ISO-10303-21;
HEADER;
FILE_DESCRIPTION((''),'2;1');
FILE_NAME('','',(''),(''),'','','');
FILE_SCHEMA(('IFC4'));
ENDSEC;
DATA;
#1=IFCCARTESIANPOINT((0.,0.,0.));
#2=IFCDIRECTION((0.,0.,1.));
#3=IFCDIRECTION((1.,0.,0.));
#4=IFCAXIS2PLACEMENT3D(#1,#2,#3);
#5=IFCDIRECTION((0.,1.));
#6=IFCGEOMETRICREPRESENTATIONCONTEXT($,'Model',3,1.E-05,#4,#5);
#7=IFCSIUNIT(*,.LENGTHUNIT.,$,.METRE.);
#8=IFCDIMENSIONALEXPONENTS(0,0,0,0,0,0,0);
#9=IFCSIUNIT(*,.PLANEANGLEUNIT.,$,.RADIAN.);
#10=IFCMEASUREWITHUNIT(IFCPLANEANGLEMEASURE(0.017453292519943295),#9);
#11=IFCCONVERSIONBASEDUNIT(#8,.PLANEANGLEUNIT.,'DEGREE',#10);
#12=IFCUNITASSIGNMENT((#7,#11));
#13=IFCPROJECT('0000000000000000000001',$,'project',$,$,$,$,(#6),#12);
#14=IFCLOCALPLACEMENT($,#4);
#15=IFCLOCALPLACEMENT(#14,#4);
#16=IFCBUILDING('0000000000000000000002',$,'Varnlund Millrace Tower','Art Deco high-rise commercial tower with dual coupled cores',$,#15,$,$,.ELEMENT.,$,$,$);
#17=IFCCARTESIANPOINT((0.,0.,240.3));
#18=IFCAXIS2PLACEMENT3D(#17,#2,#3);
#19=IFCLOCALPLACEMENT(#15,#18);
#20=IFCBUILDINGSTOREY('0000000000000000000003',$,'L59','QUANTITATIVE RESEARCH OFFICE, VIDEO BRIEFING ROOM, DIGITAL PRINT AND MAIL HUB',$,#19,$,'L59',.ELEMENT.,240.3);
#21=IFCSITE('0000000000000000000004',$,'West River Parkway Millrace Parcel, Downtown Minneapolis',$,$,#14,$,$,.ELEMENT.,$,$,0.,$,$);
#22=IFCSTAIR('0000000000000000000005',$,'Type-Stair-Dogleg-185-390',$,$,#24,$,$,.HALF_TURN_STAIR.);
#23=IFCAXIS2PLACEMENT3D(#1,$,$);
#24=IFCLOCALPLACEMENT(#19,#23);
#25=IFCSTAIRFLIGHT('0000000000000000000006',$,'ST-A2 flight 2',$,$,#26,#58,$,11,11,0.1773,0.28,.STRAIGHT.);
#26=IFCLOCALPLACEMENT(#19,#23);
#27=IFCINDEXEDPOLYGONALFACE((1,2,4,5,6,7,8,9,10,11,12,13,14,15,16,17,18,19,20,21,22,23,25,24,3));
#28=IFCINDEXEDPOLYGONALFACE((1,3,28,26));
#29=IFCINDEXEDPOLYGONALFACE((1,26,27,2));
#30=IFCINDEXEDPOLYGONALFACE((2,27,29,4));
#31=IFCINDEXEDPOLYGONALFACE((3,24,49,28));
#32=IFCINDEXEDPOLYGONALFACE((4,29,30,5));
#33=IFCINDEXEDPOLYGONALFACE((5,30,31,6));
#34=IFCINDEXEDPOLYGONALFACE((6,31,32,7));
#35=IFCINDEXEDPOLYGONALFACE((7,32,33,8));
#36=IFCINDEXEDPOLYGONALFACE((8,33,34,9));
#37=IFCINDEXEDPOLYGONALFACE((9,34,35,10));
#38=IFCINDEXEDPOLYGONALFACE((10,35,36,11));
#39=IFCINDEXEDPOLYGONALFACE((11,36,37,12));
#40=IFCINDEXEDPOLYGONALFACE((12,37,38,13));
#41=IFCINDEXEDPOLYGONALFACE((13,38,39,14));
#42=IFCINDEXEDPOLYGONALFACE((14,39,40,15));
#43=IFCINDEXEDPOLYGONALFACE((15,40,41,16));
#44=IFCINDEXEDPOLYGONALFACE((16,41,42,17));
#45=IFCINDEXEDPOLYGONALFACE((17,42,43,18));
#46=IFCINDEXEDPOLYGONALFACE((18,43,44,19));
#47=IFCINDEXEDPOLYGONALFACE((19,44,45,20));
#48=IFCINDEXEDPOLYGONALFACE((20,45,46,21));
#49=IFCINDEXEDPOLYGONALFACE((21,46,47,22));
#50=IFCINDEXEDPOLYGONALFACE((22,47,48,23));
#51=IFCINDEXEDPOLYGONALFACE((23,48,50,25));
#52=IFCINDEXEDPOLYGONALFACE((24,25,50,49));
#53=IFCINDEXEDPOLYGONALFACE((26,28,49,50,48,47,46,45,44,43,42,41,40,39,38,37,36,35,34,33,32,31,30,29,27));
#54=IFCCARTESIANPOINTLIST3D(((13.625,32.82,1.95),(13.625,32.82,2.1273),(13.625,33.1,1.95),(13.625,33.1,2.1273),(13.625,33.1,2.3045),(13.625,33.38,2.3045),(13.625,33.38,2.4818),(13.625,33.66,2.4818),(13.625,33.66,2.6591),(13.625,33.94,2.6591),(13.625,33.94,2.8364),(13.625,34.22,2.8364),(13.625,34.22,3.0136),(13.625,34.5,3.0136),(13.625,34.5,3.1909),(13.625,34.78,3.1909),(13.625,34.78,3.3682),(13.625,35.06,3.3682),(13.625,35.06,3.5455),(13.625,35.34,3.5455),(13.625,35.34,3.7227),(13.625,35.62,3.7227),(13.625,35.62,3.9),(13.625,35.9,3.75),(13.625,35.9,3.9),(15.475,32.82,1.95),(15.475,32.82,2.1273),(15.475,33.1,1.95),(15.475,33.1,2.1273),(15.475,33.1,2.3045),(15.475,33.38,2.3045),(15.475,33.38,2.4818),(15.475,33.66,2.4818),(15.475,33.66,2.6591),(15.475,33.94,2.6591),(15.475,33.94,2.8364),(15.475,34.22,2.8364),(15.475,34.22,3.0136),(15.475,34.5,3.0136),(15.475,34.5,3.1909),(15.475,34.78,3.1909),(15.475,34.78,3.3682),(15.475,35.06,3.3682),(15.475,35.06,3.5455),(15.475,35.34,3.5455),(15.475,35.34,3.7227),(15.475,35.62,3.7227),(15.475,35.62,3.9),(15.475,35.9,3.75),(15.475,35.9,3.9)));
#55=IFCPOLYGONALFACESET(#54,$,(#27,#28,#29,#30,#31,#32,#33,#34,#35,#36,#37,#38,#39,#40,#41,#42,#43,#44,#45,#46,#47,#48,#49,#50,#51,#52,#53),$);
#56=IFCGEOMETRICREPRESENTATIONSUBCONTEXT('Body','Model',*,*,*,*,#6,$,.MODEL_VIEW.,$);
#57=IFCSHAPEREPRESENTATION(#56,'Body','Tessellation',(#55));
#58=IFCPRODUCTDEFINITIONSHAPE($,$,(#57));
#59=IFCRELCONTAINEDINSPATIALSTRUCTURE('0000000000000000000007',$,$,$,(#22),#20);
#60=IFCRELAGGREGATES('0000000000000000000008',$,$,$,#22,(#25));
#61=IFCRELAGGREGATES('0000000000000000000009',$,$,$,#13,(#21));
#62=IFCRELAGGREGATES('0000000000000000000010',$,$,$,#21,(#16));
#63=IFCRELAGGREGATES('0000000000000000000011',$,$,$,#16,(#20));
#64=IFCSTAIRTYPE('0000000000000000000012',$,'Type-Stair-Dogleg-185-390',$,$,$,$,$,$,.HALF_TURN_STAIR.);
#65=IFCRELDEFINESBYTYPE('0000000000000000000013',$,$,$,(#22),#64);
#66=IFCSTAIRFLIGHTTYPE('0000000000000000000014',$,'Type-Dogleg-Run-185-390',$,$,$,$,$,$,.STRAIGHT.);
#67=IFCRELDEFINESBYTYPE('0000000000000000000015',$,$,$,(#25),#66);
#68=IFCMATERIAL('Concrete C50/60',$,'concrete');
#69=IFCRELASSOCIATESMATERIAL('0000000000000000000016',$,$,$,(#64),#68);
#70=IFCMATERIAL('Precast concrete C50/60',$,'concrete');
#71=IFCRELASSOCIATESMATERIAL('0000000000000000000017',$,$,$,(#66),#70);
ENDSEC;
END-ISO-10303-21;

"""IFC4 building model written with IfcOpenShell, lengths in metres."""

from ifc_helpers import new_model, entity, si_unit, converted_unit, direction, frame, origin_with_axes, place, context, subcontext, project, spatial, polyline, outline, extrude, material, type_object, element, aggregate, save


model = new_model("IFC4")

# Units and contexts
model_context = context("Model", 3, precision=1e-05, world=origin_with_axes(), true_north=direction((0.0, 1.0)))
body_context = subcontext(model_context, "Body", "Model", "MODEL_VIEW")
ifc_project = project(units=[si_unit("LENGTHUNIT", "METRE"), converted_unit("PLANEANGLEUNIT", "DEGREE", entity("IfcPlaneAngleMeasure", 0.017453292519943295), si_unit("PLANEANGLEUNIT", "RADIAN"), dimensions=[0, 0, 0, 0, 0, 0, 0])], contexts=[model_context])

# Site, building, storey
site_placement = place(None, origin_with_axes())
site = spatial("IfcSite", under=ifc_project, at=site_placement, Name="West River Parkway Millrace Parcel, Downtown Minneapolis", CompositionType="ELEMENT", RefElevation=0.0)
building_placement = place(site_placement, origin_with_axes())
building = spatial("IfcBuilding", under=site, at=building_placement, Name="Varnlund Millrace Tower", Description="Art Deco high-rise commercial tower with dual coupled cores", CompositionType="ELEMENT")
storey_placement = place(building_placement, frame((0.0, 0.0, 240.3), z_axis=(0.0, 0.0, 1.0), x_axis=(1.0, 0.0, 0.0)))
storey = spatial("IfcBuildingStorey", under=building, at=storey_placement, Name="L59", Description="QUANTITATIVE RESEARCH OFFICE, VIDEO BRIEFING ROOM, DIGITAL PRINT AND MAIL HUB", LongName="L59", CompositionType="ELEMENT", Elevation=240.3)

# Shared definitions
ifc_material_1 = material(Name="Precast concrete C50/60", Category="concrete")

# Stair, stair flight
ifc_material_2 = material(Name="Concrete C50/60", Category="concrete")
stair_type = type_object("IfcStairType", Name="Type-Stair-Dogleg-185-390", PredefinedType="HALF_TURN_STAIR", material=ifc_material_2)
stair_placement = place(storey_placement, origin_with_axes())
stair = element("IfcStair", 1, at=stair_placement, inside=storey, type_object=stair_type, Name="Type-Stair-Dogleg-185-390", PredefinedType="HALF_TURN_STAIR")
stair_flight_type = type_object("IfcStairFlightType", Name="Type-Dogleg-Run-185-390", PredefinedType="STRAIGHT", material=ifc_material_1)
stair_flight_placement = place(storey_placement, frame((13.625, 32.82, 1.95), z_axis=(1.0, 0.0, 0.0), x_axis=(0.0, 1.0, 0.0)))
stair_flight = element("IfcStairFlight", 2, at=stair_flight_placement, type_object=stair_flight_type, Name="ST-A2 flight 2", NumberOfRisers=11, NumberOfTreads=11, PredefinedType="STRAIGHT", RiserHeight=0.1773, TreadLength=0.28, context=body_context, shape_type="SweptSolid", body=[
    extrude(outline(polyline([(0.0, 0.0), (0.0, 0.1773), (0.28, 0.1773), (0.28, 0.3545), (0.56, 0.3545), (0.56, 0.5318), (0.84, 0.5318), (0.84, 0.7091), (1.12, 0.7091), (1.12, 0.8864), (1.4, 0.8864), (1.4, 1.0636), (1.68, 1.0636), (1.68, 1.2409), (1.96, 1.2409), (1.96, 1.4182), (2.24, 1.4182), (2.24, 1.5955), (2.52, 1.5955), (2.52, 1.7727), (2.8, 1.7727), (2.8, 1.95), (3.08, 1.95), (3.08, 1.8), (0.28, 0.0), (0.0, 0.0)])), origin_with_axes(), (0.0, 0.0, 1.0), 1.85),
])
aggregate(stair, [stair_flight])

save(model, "model.ifc")
